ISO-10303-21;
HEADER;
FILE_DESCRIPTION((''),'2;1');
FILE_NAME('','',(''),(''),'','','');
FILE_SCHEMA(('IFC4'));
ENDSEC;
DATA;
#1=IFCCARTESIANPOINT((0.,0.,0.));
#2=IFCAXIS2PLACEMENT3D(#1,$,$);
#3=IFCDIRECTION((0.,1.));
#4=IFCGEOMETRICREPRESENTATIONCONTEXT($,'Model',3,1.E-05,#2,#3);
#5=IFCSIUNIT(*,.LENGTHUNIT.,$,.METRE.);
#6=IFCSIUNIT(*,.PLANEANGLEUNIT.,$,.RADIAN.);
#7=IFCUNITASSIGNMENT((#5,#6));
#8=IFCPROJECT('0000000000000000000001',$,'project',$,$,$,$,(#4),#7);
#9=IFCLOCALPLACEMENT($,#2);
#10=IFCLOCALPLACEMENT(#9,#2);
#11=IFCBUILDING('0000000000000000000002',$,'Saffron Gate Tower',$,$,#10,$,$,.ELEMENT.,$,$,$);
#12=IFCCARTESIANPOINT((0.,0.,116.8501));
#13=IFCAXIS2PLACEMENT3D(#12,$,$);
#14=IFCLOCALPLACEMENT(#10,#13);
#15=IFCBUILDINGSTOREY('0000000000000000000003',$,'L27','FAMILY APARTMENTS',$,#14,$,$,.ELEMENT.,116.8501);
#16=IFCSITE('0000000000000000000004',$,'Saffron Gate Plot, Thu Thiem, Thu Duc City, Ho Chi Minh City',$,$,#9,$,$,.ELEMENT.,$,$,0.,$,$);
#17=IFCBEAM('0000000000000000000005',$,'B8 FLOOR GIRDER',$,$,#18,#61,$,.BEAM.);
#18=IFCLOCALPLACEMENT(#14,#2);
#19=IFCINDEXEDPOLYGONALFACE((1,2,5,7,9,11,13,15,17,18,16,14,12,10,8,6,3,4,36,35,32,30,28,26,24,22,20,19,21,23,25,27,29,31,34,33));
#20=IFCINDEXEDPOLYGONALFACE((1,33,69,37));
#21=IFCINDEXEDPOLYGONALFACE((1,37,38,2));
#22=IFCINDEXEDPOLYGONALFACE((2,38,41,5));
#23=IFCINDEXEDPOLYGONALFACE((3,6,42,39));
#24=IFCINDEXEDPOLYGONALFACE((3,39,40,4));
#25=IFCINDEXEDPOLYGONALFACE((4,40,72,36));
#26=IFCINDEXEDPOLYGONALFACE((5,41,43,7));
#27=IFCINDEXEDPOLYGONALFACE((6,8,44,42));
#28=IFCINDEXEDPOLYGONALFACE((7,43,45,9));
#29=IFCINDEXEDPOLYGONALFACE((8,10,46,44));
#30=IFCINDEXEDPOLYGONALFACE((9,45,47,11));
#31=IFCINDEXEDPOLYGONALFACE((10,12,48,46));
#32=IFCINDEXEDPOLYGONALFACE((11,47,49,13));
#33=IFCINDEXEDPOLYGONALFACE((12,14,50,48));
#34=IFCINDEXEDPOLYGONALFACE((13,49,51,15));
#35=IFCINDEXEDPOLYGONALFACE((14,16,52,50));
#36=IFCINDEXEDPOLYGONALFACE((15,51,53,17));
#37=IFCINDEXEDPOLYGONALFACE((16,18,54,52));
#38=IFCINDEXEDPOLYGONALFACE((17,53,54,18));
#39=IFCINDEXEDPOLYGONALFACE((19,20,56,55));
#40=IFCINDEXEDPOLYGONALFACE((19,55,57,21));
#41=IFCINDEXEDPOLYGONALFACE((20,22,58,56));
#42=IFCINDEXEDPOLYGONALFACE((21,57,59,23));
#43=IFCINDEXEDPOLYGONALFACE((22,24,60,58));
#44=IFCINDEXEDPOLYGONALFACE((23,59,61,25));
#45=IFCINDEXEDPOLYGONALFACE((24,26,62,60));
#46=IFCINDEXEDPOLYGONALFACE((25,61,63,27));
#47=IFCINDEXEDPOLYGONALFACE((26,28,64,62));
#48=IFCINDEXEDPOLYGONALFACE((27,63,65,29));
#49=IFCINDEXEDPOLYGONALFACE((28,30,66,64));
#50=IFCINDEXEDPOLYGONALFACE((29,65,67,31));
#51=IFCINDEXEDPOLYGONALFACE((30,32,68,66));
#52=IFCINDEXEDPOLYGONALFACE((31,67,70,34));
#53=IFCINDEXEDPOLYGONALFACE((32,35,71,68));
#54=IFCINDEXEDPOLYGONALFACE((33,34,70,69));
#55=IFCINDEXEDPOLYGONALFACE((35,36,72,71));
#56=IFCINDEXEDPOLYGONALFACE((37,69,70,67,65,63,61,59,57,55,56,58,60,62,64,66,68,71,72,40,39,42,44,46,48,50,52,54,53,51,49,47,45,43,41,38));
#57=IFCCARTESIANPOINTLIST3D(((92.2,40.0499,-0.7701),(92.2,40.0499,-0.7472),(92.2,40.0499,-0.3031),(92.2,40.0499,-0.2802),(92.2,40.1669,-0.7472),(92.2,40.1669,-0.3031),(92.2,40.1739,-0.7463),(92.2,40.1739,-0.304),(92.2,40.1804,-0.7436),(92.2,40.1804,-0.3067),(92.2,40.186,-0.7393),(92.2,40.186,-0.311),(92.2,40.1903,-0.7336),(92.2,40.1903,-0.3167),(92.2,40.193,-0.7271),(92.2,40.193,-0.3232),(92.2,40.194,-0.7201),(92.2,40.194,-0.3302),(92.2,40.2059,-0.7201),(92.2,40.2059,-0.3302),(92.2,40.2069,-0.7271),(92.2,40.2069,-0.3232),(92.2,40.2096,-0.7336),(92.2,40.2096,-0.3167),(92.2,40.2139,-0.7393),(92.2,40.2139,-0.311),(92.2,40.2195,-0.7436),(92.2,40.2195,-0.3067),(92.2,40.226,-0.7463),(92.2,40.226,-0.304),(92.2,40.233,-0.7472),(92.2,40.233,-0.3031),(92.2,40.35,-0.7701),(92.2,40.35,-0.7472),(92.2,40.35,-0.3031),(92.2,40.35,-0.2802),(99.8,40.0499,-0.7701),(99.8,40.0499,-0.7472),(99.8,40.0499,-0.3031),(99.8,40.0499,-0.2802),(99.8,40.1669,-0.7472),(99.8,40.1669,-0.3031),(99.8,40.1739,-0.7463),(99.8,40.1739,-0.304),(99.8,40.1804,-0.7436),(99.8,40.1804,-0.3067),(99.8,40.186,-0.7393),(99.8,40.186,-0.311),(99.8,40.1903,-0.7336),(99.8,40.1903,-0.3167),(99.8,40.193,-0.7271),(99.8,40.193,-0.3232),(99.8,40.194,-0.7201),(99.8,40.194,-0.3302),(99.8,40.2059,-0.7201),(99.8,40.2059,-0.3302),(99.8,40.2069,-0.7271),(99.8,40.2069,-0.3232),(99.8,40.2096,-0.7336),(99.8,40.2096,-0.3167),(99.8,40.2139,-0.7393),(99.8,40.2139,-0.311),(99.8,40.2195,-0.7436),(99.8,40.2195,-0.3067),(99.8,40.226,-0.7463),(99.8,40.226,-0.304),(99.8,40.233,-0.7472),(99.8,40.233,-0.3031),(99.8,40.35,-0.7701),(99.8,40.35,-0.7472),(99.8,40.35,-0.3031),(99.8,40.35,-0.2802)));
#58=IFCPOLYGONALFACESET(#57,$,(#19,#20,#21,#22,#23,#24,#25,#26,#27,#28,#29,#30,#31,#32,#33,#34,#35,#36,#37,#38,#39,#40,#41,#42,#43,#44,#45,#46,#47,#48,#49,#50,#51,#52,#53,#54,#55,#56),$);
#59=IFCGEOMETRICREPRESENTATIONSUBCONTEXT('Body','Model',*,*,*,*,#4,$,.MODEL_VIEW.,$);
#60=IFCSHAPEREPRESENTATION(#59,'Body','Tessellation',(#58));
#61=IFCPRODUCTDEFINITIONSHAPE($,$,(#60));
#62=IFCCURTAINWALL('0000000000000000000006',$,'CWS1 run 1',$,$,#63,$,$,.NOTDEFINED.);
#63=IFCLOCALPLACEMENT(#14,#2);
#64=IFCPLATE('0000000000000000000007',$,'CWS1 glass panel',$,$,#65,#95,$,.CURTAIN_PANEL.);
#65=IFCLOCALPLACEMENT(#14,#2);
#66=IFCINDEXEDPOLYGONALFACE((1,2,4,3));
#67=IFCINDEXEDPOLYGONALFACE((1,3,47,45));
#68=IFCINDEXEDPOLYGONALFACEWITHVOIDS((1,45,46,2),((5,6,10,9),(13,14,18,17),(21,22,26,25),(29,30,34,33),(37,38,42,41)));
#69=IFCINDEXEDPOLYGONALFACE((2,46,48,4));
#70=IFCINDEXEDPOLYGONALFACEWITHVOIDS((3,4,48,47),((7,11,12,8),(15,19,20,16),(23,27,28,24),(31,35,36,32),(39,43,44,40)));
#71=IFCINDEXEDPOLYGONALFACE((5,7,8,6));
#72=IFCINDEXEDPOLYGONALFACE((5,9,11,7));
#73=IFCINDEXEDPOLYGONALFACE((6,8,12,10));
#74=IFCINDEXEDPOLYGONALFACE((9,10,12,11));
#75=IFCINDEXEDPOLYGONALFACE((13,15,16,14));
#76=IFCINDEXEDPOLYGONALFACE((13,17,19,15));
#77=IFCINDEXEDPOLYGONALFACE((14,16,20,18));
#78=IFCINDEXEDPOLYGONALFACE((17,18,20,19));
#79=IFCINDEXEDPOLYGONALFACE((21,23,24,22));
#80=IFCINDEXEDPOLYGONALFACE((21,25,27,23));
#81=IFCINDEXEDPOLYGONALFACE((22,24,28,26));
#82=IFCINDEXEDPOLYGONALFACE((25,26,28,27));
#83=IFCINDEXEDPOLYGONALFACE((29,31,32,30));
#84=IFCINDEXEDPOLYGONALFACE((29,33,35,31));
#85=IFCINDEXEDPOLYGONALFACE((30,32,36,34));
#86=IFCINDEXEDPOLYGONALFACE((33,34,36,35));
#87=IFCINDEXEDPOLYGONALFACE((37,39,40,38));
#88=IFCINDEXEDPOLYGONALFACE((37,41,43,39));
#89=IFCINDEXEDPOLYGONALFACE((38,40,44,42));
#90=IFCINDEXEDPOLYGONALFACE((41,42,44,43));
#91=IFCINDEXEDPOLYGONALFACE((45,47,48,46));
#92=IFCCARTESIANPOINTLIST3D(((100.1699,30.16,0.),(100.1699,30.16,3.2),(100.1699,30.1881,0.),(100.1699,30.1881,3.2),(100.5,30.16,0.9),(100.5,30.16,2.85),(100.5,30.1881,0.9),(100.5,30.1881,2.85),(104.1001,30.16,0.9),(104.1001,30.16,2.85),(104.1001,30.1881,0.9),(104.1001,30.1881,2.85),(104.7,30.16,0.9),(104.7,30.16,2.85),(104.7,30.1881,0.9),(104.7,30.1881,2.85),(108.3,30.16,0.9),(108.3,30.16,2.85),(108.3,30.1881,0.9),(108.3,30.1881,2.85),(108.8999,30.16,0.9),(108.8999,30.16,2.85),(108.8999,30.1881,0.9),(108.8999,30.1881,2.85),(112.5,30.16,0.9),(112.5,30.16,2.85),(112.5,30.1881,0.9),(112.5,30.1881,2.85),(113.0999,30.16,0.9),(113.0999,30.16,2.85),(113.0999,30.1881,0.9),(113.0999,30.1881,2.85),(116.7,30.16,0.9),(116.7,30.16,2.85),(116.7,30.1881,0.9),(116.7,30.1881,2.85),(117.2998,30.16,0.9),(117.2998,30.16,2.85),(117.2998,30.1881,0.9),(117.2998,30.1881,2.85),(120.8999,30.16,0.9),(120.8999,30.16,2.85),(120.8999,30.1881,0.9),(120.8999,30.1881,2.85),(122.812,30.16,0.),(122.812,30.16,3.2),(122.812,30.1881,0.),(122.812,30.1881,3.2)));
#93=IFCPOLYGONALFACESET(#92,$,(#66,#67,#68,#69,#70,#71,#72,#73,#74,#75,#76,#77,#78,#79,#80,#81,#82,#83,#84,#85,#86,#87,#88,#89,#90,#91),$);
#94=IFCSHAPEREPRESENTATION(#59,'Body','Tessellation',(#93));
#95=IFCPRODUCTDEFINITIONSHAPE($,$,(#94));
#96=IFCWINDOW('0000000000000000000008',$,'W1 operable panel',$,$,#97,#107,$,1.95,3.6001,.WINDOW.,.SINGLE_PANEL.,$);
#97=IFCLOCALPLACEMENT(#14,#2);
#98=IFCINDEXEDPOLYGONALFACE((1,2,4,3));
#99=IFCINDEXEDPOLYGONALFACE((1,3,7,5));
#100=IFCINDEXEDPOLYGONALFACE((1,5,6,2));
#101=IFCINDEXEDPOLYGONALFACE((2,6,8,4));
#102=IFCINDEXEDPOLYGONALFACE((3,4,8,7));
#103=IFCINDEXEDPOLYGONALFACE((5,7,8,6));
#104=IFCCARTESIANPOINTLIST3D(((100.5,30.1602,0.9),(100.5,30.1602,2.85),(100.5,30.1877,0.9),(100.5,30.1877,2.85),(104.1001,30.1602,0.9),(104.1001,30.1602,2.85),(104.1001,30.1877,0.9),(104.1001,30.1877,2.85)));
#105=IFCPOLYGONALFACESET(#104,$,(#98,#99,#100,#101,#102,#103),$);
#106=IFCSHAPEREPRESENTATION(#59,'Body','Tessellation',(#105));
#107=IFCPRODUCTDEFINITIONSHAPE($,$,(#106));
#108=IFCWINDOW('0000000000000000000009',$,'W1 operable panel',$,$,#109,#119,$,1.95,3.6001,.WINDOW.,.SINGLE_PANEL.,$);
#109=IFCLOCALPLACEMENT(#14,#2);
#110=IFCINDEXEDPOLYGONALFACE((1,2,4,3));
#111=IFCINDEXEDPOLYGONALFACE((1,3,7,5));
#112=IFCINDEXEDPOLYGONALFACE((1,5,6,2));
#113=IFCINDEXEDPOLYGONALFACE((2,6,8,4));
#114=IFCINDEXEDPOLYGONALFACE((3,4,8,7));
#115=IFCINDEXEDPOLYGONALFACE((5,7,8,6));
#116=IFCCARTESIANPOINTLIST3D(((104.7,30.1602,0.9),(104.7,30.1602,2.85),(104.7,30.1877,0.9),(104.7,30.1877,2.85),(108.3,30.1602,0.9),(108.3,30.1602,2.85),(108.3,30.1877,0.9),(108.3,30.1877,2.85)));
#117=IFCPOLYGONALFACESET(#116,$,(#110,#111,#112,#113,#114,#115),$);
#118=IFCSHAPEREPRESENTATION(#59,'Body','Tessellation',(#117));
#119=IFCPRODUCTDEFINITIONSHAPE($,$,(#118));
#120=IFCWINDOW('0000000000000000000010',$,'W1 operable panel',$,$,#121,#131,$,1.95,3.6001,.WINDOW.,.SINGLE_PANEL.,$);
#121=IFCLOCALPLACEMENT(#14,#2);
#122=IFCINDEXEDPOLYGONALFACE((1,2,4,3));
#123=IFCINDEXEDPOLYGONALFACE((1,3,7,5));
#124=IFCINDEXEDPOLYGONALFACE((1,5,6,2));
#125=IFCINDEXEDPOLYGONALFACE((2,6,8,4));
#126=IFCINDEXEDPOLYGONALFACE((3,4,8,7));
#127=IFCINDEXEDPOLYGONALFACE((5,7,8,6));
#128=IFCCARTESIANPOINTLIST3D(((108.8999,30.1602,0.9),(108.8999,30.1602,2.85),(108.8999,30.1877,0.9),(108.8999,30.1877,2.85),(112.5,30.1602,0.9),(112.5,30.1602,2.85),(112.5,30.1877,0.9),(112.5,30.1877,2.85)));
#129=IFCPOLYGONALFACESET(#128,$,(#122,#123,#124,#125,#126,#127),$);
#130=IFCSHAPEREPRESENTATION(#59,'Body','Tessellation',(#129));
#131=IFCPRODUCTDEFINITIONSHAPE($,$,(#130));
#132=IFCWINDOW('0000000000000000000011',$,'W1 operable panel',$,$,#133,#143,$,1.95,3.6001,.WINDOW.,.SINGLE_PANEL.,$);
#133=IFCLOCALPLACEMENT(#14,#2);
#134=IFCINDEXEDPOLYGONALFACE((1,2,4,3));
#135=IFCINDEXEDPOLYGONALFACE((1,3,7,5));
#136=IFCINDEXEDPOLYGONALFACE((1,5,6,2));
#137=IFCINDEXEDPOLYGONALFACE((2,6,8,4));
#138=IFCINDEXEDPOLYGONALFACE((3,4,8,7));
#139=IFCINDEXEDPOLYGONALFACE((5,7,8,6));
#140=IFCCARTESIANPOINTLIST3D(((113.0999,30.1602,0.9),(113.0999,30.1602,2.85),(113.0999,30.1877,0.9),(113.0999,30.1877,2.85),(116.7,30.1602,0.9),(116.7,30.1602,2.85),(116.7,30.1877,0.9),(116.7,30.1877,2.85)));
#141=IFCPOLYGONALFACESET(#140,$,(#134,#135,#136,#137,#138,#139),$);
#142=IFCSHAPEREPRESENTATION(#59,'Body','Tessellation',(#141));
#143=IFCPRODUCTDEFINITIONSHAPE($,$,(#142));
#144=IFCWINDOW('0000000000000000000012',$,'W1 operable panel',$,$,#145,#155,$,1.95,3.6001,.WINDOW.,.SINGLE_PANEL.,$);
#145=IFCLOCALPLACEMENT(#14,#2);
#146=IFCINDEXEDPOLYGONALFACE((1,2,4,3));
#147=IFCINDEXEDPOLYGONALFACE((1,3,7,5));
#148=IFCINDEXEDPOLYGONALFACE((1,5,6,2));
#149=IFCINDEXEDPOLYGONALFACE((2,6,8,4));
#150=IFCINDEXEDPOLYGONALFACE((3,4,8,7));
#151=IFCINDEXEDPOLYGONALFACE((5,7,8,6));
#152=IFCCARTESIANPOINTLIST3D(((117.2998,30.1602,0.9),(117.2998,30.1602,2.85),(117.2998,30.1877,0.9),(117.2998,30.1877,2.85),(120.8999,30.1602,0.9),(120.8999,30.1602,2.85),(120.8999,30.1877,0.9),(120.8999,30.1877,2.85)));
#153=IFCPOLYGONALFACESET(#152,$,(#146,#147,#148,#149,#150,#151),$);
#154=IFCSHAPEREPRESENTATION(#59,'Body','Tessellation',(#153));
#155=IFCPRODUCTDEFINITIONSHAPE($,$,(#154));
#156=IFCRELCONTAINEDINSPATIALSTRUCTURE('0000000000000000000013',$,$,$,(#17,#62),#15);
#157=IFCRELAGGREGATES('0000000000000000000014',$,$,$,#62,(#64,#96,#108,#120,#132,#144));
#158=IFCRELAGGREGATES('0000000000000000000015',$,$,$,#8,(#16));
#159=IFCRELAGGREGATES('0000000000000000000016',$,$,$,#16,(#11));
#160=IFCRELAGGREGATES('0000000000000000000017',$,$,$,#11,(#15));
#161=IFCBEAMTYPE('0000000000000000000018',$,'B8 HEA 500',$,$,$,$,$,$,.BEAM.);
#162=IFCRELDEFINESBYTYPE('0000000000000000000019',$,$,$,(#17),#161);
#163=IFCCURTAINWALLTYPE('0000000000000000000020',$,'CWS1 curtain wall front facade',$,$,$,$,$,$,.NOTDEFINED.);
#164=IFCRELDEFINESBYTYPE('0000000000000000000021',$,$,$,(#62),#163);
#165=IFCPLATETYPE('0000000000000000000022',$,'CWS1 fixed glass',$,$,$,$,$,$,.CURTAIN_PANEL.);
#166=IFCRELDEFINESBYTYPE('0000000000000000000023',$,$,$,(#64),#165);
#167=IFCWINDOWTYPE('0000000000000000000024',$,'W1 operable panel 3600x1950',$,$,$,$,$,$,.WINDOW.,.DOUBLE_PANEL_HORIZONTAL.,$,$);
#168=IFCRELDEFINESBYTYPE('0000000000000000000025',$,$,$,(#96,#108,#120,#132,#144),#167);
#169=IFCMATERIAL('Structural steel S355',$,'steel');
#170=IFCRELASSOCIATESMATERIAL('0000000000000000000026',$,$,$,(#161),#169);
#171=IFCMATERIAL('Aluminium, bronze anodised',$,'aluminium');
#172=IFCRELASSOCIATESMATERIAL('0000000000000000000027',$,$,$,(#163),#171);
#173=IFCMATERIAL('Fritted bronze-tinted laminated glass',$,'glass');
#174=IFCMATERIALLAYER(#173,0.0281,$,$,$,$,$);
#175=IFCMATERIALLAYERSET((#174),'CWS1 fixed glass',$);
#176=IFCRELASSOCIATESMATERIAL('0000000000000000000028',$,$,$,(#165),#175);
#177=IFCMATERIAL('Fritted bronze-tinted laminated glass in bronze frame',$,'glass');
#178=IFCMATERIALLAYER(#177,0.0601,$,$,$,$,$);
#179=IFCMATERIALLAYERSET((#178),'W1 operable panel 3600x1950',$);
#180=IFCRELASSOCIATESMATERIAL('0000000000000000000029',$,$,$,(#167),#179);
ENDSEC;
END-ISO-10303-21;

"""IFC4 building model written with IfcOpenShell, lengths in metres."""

from ifc_helpers import new_model, si_unit, direction, frame, frame_2d, origin, origin_2d, place, context, subcontext, project, spatial, rectangle, i_section, extrude, material, layer, layer_set, material_profile, profile_set, type_object, element, fill, aggregate, save


model = new_model("IFC4")

# Units and contexts
model_context = context("Model", 3, precision=1e-05, world=origin(), true_north=direction((0.0, 1.0)))
body_context = subcontext(model_context, "Body", "Model", "MODEL_VIEW")
ifc_project = project(units=[si_unit("LENGTHUNIT", "METRE"), si_unit("PLANEANGLEUNIT", "RADIAN")], contexts=[model_context])

# Site, building, storey
site_placement = place(None, origin())
site = spatial("IfcSite", under=ifc_project, at=site_placement, Name="Saffron Gate Plot, Thu Thiem, Thu Duc City, Ho Chi Minh City", CompositionType="ELEMENT", RefElevation=0.0)
building_placement = place(site_placement, origin())
building = spatial("IfcBuilding", under=site, at=building_placement, Name="Saffron Gate Tower", CompositionType="ELEMENT")
storey_placement = place(building_placement, frame((0.0, 0.0, 116.8501)))
storey = spatial("IfcBuildingStorey", under=building, at=storey_placement, Name="L27", Description="FAMILY APARTMENTS", CompositionType="ELEMENT", Elevation=116.8501)

# Beam
ifc_material_1 = material(Name="Structural steel S355", Category="steel")
ifc_material_profile_1 = material_profile(ifc_material_1, i_section(OverallWidth=0.3, OverallDepth=0.49, WebThickness=0.012, FlangeThickness=0.0229, FilletRadius=0.0271, at=origin_2d()))
ifc_profile_set_1 = profile_set([ifc_material_profile_1], Name="Structural steel S355")
beam_type_1 = type_object("IfcBeamType", Name="B8 HEA 500", PredefinedType="BEAM", material=ifc_profile_set_1)
beam_1_placement = place(storey_placement, frame((92.2, 40.2, -0.5251), z_axis=(1.0, 0.0, 0.0), x_axis=(0.0, 1.0, 0.0)))
element("IfcBeam", 1, at=beam_1_placement, inside=storey, type_object=beam_type_1, Name="B8 FLOOR GIRDER", PredefinedType="BEAM", context=body_context, shape_type="SweptSolid", body=[
    extrude(i_section(OverallWidth=0.3, OverallDepth=0.49, WebThickness=0.012, FlangeThickness=0.0229, FilletRadius=0.0271, at=origin_2d()), origin(), (0.0, 0.0, 1.0), 7.6001),
])

# Curtain wall, plate, openings, windows
ifc_material_2 = material(Name="Aluminium, bronze anodised", Category="aluminium")
curtain_wall_type = type_object("IfcCurtainWallType", Name="CWS1 curtain wall front facade", PredefinedType="NOTDEFINED", material=ifc_material_2)
curtain_wall_placement = place(storey_placement, origin())
curtain_wall = element("IfcCurtainWall", 2, at=curtain_wall_placement, inside=storey, type_object=curtain_wall_type, Name="CWS1 run 1", PredefinedType="NOTDEFINED")
ifc_material_3 = material(Name="Fritted bronze-tinted laminated glass", Category="glass")
ifc_layer_1 = layer(ifc_material_3, 0.0281)
ifc_layer_set_1 = layer_set([ifc_layer_1], Name="CWS1 fixed glass")
plate_type = type_object("IfcPlateType", Name="CWS1 fixed glass", PredefinedType="CURTAIN_PANEL", material=ifc_layer_set_1)
plate_placement = place(storey_placement, frame((100.1699, 30.1741, 0.0), z_axis=(0.0, 0.0, 1.0), x_axis=(1.0, 0.0, 0.0)))
plate = element("IfcPlate", 3, at=plate_placement, type_object=plate_type, Name="CWS1 glass panel", PredefinedType="CURTAIN_PANEL", context=body_context, shape_type="SweptSolid", body=[
    extrude(rectangle(XDim=22.6421, YDim=0.0281, at=frame_2d((11.321, 0.0))), origin(), (0.0, 0.0, 1.0), 3.2),
])
opening_1_placement = place(plate_placement, frame((0.3301, 0.0, 0.8999)))
opening_1 = element("IfcOpeningElement", 4, at=opening_1_placement, cuts=plate, PredefinedType="OPENING", context=body_context, shape_type="SweptSolid", body=[
    extrude(rectangle(XDim=3.6001, YDim=1.95, at=frame_2d((1.8, 0.9751))), frame((0.0, 0.0239, 0.0), z_axis=(0.0, -1.0, 0.0), x_axis=(1.0, 0.0, 0.0)), (0.0, 0.0, 1.0), 0.0481),
])
opening_2_placement = place(plate_placement, frame((4.53, 0.0, 0.8999)))
opening_2 = element("IfcOpeningElement", 5, at=opening_2_placement, cuts=plate, PredefinedType="OPENING", context=body_context, shape_type="SweptSolid", body=[
    extrude(rectangle(XDim=3.6001, YDim=1.95, at=frame_2d((1.8, 0.9751))), frame((0.0, 0.0239, 0.0), z_axis=(0.0, -1.0, 0.0), x_axis=(1.0, 0.0, 0.0)), (0.0, 0.0, 1.0), 0.0481),
])
opening_3_placement = place(plate_placement, frame((8.73, 0.0, 0.8999)))
opening_3 = element("IfcOpeningElement", 6, at=opening_3_placement, cuts=plate, PredefinedType="OPENING", context=body_context, shape_type="SweptSolid", body=[
    extrude(rectangle(XDim=3.6001, YDim=1.95, at=frame_2d((1.8, 0.9751))), frame((0.0, 0.0239, 0.0), z_axis=(0.0, -1.0, 0.0), x_axis=(1.0, 0.0, 0.0)), (0.0, 0.0, 1.0), 0.0481),
])
opening_4_placement = place(plate_placement, frame((12.9299, 0.0, 0.8999)))
opening_4 = element("IfcOpeningElement", 7, at=opening_4_placement, cuts=plate, PredefinedType="OPENING", context=body_context, shape_type="SweptSolid", body=[
    extrude(rectangle(XDim=3.6001, YDim=1.95, at=frame_2d((1.8, 0.9751))), frame((0.0, 0.0239, 0.0), z_axis=(0.0, -1.0, 0.0), x_axis=(1.0, 0.0, 0.0)), (0.0, 0.0, 1.0), 0.0481),
])
opening_5_placement = place(plate_placement, frame((17.1299, 0.0, 0.8999)))
opening_5 = element("IfcOpeningElement", 8, at=opening_5_placement, cuts=plate, PredefinedType="OPENING", context=body_context, shape_type="SweptSolid", body=[
    extrude(rectangle(XDim=3.6001, YDim=1.95, at=frame_2d((1.8, 0.9751))), frame((0.0, 0.0239, 0.0), z_axis=(0.0, -1.0, 0.0), x_axis=(1.0, 0.0, 0.0)), (0.0, 0.0, 1.0), 0.0481),
])
ifc_material_4 = material(Name="Fritted bronze-tinted laminated glass in bronze frame", Category="glass")
ifc_layer_2 = layer(ifc_material_4, 0.0601)
ifc_layer_set_2 = layer_set([ifc_layer_2], Name="W1 operable panel 3600x1950")
window_type = type_object("IfcWindowType", Name="W1 operable panel 3600x1950", PartitioningType="DOUBLE_PANEL_HORIZONTAL", PredefinedType="WINDOW", material=ifc_layer_set_2)
window_1_placement = place(opening_1_placement, origin())
window_1 = element("IfcWindow", 9, at=window_1_placement, type_object=window_type, Name="W1 operable panel", OverallHeight=1.95, OverallWidth=3.6001, PartitioningType="SINGLE_PANEL", PredefinedType="WINDOW", context=body_context, shape_type="SweptSolid", body=[
    extrude(rectangle(XDim=3.6001, YDim=1.95, at=frame_2d((1.8, 0.9751))), frame((0.0, 0.0137, 0.0), z_axis=(0.0, -1.0, 0.0), x_axis=(1.0, 0.0, 0.0)), (0.0, 0.0, 1.0), 0.0276),
])
fill(opening_1, window_1)
window_2_placement = place(opening_2_placement, origin())
window_2 = element("IfcWindow", 10, at=window_2_placement, type_object=window_type, Name="W1 operable panel", OverallHeight=1.95, OverallWidth=3.6001, PartitioningType="SINGLE_PANEL", PredefinedType="WINDOW", context=body_context, shape_type="SweptSolid", body=[
    extrude(rectangle(XDim=3.6001, YDim=1.95, at=frame_2d((1.8, 0.9751))), frame((0.0, 0.0137, 0.0), z_axis=(0.0, -1.0, 0.0), x_axis=(1.0, 0.0, 0.0)), (0.0, 0.0, 1.0), 0.0276),
])
fill(opening_2, window_2)
window_3_placement = place(opening_3_placement, origin())
window_3 = element("IfcWindow", 11, at=window_3_placement, type_object=window_type, Name="W1 operable panel", OverallHeight=1.95, OverallWidth=3.6001, PartitioningType="SINGLE_PANEL", PredefinedType="WINDOW", context=body_context, shape_type="SweptSolid", body=[
    extrude(rectangle(XDim=3.6001, YDim=1.95, at=frame_2d((1.8, 0.9751))), frame((0.0, 0.0137, 0.0), z_axis=(0.0, -1.0, 0.0), x_axis=(1.0, 0.0, 0.0)), (0.0, 0.0, 1.0), 0.0276),
])
fill(opening_3, window_3)
window_4_placement = place(opening_4_placement, origin())
window_4 = element("IfcWindow", 12, at=window_4_placement, type_object=window_type, Name="W1 operable panel", OverallHeight=1.95, OverallWidth=3.6001, PartitioningType="SINGLE_PANEL", PredefinedType="WINDOW", context=body_context, shape_type="SweptSolid", body=[
    extrude(rectangle(XDim=3.6001, YDim=1.95, at=frame_2d((1.8, 0.9751))), frame((0.0, 0.0137, 0.0), z_axis=(0.0, -1.0, 0.0), x_axis=(1.0, 0.0, 0.0)), (0.0, 0.0, 1.0), 0.0276),
])
fill(opening_4, window_4)
window_5_placement = place(opening_5_placement, origin())
window_5 = element("IfcWindow", 13, at=window_5_placement, type_object=window_type, Name="W1 operable panel", OverallHeight=1.95, OverallWidth=3.6001, PartitioningType="SINGLE_PANEL", PredefinedType="WINDOW", context=body_context, shape_type="SweptSolid", body=[
    extrude(rectangle(XDim=3.6001, YDim=1.95, at=frame_2d((1.8, 0.9751))), frame((0.0, 0.0137, 0.0), z_axis=(0.0, -1.0, 0.0), x_axis=(1.0, 0.0, 0.0)), (0.0, 0.0, 1.0), 0.0276),
])
fill(opening_5, window_5)
aggregate(curtain_wall, [plate, window_1, window_2, window_3, window_4, window_5])

save(model, "model.ifc")
